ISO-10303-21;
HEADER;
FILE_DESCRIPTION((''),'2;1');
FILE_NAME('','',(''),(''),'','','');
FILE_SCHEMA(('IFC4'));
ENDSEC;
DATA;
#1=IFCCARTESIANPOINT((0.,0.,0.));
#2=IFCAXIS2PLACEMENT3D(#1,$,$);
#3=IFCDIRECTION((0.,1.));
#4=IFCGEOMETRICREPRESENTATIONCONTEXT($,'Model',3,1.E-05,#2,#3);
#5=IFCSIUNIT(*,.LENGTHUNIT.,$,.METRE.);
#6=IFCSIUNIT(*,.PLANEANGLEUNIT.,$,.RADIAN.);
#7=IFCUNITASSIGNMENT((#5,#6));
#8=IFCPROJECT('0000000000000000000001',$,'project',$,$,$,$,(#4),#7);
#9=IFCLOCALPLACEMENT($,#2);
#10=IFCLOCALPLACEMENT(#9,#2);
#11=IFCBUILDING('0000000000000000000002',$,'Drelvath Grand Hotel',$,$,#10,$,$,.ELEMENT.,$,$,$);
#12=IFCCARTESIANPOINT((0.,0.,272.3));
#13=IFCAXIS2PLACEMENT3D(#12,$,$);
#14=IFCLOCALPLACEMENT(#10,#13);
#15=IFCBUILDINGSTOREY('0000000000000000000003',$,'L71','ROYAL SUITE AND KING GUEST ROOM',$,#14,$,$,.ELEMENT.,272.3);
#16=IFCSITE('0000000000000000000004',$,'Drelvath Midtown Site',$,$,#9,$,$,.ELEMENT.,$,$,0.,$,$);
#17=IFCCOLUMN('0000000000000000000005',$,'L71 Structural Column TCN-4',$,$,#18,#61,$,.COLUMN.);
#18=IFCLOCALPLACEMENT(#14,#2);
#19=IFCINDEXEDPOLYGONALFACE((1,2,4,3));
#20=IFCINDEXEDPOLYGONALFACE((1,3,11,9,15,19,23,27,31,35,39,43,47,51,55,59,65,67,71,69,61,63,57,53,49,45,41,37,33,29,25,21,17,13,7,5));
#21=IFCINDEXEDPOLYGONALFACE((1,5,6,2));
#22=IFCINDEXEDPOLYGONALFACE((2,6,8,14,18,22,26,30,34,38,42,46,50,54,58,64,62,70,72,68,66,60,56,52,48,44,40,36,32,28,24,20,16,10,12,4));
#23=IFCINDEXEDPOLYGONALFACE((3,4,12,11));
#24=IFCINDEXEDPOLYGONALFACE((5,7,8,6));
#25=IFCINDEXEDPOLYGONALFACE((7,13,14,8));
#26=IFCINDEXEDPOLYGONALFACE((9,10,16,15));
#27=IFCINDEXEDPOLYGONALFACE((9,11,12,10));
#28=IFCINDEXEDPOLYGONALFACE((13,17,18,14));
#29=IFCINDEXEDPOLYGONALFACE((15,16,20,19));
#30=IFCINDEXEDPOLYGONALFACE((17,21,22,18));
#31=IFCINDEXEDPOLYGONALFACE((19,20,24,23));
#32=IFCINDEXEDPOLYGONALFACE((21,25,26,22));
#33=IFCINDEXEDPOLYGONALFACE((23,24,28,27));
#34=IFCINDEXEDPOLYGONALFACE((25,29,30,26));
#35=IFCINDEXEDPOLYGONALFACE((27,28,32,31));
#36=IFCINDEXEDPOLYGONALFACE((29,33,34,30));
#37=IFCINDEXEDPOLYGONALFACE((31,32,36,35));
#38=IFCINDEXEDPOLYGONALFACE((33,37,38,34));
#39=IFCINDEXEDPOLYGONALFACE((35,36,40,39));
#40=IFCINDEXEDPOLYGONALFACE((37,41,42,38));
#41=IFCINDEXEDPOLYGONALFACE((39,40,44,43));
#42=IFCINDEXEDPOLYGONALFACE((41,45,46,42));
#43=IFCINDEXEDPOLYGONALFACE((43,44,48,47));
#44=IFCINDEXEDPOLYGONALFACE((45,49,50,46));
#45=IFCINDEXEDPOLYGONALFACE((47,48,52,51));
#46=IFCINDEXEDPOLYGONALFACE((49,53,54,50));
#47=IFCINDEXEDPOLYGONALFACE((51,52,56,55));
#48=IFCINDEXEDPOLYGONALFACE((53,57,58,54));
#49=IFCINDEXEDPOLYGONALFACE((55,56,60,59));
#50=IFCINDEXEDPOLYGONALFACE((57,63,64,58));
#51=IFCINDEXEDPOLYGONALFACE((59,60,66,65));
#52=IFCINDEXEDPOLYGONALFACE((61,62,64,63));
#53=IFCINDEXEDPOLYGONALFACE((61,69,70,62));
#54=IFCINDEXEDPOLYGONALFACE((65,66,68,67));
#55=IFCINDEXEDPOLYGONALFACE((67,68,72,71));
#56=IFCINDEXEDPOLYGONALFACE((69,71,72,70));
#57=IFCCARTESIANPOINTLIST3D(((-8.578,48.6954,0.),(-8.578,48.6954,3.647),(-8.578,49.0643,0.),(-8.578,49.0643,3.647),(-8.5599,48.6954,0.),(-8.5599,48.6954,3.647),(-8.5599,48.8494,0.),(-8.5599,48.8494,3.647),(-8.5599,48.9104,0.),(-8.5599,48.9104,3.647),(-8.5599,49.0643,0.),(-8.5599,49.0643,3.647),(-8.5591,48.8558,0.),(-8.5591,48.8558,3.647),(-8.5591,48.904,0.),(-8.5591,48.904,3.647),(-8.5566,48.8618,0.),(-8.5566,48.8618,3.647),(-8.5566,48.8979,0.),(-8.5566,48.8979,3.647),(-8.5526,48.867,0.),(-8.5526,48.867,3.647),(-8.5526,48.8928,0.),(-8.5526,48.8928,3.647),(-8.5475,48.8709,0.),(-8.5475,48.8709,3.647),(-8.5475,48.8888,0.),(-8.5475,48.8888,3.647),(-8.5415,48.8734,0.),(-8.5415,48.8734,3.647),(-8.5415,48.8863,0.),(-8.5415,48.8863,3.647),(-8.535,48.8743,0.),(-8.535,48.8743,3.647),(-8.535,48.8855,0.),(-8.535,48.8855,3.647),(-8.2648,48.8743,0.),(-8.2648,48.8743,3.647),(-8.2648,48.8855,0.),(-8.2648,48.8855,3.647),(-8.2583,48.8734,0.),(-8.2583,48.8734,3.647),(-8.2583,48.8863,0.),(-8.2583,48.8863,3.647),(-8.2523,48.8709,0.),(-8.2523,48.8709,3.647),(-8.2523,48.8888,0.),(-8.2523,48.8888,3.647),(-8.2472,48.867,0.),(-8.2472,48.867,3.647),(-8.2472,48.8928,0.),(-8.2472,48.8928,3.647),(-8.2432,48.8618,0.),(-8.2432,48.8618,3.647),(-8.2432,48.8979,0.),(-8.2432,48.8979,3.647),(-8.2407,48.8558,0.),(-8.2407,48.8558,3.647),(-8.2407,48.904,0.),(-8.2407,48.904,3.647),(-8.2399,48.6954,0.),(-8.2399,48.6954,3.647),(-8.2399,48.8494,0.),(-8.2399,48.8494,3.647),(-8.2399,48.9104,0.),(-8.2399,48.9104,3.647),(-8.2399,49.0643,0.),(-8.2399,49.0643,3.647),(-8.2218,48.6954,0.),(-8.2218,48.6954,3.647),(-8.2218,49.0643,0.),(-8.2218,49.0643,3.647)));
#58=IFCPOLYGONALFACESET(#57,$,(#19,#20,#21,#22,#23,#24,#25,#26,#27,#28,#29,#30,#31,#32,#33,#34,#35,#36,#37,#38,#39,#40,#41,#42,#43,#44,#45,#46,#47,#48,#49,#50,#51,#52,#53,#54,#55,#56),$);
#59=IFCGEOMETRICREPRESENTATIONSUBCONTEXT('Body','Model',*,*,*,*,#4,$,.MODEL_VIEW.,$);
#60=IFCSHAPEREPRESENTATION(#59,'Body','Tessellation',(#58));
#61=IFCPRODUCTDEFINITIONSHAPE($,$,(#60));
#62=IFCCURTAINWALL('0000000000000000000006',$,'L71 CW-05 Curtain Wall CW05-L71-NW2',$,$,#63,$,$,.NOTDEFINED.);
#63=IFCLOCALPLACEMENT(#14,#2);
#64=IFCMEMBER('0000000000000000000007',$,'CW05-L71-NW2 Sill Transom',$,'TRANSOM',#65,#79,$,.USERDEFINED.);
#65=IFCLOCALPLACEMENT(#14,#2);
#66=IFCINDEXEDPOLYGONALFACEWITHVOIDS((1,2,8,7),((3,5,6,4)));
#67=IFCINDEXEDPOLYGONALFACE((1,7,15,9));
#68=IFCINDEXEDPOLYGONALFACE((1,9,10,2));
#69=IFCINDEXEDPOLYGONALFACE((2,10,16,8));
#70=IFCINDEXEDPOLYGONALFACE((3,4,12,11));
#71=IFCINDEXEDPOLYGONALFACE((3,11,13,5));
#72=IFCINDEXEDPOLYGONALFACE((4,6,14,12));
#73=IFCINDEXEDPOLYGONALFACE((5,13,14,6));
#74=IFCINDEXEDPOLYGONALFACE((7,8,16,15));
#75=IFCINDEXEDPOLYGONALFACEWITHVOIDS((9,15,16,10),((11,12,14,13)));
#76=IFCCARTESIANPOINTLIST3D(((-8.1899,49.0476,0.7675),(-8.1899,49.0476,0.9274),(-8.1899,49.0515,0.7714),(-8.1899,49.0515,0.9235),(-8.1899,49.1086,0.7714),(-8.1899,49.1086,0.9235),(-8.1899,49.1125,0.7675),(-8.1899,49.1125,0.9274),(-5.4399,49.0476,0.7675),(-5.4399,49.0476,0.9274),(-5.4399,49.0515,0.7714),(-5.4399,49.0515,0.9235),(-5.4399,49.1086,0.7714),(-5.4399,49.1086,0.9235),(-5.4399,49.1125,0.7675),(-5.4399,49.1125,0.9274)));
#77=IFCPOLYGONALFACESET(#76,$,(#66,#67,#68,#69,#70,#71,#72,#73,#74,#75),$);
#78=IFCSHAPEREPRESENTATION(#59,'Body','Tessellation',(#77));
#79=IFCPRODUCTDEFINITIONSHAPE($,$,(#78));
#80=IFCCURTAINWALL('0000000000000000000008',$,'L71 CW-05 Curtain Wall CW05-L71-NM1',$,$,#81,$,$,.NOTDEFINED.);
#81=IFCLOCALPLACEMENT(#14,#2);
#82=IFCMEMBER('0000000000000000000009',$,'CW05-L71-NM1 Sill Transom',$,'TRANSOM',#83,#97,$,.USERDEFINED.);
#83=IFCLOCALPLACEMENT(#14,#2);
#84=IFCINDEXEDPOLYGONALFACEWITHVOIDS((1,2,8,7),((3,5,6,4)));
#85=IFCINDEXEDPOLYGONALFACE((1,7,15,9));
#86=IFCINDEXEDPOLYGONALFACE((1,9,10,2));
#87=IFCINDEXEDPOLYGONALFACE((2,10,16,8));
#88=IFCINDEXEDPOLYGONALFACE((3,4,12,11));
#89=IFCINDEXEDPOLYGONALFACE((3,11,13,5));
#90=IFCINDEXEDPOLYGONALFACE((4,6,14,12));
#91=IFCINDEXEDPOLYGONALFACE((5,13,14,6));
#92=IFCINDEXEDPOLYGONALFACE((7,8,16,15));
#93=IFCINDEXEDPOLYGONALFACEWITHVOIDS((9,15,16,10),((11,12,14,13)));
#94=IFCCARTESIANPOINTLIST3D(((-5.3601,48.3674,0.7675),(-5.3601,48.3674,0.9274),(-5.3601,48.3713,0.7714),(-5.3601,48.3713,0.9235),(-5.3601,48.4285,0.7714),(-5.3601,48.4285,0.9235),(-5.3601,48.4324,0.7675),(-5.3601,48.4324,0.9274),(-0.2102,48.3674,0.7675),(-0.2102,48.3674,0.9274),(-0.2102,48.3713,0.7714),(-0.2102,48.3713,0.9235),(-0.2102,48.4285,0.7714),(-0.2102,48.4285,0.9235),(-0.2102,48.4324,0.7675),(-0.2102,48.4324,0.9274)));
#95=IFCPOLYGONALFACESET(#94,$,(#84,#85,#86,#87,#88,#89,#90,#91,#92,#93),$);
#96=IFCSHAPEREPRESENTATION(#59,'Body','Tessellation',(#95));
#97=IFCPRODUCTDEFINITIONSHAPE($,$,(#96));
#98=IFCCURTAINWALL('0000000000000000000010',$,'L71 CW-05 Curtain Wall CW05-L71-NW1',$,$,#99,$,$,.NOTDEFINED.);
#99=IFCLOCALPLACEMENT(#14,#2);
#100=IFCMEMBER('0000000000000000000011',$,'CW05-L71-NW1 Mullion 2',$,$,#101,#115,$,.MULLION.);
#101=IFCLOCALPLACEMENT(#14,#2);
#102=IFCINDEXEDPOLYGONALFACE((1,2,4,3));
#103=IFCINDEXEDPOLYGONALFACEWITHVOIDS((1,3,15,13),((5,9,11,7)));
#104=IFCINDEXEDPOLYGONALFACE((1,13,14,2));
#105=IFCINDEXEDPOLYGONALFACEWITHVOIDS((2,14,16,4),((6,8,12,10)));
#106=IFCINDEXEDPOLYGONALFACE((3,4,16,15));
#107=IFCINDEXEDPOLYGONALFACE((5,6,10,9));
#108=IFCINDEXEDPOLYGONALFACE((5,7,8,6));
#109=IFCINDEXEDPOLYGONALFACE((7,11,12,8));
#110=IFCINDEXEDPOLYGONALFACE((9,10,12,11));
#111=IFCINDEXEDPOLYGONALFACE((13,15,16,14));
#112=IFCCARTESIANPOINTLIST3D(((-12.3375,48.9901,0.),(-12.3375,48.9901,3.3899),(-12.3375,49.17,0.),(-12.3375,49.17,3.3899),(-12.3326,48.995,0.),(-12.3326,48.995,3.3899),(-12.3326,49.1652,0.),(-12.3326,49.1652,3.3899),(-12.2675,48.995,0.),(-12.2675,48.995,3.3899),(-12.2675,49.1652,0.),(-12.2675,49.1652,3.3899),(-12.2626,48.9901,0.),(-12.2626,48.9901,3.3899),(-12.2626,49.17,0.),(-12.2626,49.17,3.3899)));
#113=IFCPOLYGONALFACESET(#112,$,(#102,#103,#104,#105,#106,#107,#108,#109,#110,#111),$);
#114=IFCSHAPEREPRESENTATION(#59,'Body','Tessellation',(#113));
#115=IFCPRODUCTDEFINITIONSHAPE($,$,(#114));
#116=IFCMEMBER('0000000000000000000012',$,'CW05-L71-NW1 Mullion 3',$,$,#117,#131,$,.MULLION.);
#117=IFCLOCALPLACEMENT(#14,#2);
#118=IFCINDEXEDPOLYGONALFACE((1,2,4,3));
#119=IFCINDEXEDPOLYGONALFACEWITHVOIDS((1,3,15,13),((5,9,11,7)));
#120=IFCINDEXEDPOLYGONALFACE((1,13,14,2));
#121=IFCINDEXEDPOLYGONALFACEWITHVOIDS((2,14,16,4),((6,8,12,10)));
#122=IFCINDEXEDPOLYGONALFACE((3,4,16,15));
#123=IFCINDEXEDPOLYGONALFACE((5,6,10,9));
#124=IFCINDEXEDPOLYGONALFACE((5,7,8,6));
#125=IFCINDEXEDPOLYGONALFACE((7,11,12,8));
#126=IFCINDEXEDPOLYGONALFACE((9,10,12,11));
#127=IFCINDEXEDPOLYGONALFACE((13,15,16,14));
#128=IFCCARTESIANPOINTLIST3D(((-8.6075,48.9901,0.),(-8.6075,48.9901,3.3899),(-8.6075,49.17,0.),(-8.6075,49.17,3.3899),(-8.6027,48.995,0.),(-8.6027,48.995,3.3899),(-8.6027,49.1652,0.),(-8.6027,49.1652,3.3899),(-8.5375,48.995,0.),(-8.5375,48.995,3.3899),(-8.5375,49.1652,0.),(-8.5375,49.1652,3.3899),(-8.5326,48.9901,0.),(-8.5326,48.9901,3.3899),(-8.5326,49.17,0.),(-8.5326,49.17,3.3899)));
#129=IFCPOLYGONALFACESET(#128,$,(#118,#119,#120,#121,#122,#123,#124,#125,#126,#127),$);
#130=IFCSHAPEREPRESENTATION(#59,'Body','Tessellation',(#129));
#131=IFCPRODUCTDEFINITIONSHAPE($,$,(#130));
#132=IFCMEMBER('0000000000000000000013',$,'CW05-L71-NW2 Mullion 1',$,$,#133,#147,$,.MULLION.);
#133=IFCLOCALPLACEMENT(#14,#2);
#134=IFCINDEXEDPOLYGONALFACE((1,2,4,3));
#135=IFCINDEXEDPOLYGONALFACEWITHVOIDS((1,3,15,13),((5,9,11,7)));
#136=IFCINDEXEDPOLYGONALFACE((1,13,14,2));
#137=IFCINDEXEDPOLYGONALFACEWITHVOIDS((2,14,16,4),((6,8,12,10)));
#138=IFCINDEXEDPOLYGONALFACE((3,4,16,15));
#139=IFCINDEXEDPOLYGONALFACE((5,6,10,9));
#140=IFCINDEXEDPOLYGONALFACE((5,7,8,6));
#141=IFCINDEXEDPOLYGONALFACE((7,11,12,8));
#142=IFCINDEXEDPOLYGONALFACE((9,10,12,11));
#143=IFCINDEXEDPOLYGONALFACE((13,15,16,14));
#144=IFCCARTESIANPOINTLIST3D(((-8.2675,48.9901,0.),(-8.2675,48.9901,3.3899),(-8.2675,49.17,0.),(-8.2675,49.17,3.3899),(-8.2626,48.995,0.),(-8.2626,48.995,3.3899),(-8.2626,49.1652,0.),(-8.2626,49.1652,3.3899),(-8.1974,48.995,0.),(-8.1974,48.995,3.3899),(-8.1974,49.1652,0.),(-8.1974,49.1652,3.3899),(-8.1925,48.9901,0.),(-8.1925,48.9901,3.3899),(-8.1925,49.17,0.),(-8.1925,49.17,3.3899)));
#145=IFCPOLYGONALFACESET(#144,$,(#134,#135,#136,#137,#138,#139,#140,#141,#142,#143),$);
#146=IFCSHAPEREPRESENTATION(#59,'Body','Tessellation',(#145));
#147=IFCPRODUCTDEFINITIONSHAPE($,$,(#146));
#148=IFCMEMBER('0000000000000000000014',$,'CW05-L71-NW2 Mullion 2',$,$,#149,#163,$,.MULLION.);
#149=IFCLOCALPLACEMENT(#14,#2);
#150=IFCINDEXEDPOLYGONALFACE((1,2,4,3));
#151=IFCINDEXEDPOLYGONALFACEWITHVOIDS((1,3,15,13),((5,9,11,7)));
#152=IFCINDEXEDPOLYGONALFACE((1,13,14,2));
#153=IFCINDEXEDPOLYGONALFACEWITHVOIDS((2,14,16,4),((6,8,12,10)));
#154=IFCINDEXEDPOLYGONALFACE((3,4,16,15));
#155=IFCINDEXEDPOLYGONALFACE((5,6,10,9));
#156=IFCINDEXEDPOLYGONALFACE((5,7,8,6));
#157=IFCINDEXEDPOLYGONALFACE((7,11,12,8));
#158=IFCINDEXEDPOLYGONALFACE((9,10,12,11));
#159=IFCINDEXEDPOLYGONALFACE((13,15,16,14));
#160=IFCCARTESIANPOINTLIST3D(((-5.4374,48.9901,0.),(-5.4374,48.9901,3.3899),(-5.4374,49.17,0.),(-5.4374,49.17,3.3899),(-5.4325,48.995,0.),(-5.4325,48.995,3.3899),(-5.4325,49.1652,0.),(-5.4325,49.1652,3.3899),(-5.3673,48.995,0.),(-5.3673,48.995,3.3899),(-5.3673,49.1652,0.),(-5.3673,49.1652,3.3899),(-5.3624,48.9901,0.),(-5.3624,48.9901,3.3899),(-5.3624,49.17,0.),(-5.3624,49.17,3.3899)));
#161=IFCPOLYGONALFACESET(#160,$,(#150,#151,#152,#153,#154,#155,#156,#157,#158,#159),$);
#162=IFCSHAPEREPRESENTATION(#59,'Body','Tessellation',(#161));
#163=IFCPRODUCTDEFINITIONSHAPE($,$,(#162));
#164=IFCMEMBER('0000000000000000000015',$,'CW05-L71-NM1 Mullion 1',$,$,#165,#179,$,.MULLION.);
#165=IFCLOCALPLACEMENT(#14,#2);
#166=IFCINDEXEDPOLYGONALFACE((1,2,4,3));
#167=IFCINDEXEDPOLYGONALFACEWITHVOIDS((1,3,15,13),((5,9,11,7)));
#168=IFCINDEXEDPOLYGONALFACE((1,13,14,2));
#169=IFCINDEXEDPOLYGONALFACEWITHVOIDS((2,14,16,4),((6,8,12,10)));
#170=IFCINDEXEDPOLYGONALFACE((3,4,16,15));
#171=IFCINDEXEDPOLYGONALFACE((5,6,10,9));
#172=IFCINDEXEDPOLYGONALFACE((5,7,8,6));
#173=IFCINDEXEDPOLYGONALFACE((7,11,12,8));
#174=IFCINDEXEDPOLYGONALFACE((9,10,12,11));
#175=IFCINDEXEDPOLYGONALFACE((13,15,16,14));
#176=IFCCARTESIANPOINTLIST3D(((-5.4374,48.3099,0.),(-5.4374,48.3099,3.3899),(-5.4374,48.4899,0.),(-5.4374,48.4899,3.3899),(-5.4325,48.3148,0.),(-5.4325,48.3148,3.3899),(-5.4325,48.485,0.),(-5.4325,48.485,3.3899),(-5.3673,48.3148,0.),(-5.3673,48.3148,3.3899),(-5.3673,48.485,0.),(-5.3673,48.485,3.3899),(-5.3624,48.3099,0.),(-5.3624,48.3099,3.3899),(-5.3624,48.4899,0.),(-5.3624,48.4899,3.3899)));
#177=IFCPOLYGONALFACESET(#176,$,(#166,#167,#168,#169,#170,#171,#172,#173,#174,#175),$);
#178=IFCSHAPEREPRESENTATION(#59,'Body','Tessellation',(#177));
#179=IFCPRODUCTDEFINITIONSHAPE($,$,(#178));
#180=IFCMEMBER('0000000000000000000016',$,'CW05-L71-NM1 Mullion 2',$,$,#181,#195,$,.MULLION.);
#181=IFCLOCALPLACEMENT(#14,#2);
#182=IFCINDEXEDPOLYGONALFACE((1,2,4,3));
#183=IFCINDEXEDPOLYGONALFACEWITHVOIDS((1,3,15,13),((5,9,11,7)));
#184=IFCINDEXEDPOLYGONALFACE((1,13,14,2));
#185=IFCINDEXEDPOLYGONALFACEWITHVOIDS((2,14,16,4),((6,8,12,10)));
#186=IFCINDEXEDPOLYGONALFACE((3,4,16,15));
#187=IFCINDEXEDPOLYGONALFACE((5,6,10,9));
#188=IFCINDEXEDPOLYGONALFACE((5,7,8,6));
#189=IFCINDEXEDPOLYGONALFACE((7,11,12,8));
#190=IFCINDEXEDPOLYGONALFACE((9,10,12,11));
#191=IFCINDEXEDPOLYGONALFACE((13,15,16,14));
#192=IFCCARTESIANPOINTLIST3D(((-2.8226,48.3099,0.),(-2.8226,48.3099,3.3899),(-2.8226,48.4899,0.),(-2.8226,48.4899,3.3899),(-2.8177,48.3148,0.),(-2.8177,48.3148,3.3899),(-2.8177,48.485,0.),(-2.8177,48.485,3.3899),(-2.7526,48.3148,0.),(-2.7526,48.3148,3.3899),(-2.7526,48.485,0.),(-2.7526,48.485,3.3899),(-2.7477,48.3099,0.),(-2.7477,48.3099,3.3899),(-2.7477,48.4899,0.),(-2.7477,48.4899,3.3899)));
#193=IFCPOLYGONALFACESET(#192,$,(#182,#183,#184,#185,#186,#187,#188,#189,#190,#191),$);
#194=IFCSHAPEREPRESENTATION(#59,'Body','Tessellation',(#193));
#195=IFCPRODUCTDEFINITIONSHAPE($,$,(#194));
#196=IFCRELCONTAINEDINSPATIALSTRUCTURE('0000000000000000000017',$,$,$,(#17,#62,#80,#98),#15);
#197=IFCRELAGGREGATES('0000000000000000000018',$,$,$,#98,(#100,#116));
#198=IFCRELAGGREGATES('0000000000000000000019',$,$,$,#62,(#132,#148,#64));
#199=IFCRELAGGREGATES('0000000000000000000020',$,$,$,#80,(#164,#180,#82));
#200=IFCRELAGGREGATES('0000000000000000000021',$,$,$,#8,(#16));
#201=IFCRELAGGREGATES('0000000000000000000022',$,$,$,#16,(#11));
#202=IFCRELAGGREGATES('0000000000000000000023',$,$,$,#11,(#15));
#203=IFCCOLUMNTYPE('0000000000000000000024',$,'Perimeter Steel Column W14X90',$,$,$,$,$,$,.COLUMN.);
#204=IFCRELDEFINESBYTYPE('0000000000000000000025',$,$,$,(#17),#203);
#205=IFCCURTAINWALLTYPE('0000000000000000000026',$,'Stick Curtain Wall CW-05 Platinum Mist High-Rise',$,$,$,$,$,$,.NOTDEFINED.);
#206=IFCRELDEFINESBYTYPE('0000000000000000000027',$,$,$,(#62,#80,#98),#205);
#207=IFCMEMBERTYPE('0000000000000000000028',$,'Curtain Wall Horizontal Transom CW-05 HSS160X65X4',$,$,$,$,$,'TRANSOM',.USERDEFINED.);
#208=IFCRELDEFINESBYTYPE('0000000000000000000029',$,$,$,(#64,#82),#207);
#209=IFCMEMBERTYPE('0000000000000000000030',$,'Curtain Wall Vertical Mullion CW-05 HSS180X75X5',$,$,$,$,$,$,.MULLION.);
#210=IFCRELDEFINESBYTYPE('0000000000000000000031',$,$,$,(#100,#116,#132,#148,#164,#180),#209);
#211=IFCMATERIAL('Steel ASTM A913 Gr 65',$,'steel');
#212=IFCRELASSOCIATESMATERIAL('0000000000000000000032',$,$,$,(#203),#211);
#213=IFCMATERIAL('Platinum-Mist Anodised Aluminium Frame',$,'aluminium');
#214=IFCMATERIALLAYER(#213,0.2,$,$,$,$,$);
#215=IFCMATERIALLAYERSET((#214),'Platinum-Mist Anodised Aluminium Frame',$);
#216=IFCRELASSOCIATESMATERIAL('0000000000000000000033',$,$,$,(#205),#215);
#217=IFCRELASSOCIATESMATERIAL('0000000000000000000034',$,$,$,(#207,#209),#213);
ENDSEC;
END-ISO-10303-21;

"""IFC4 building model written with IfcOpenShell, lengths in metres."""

from ifc_helpers import new_model, si_unit, direction, frame, origin, origin_2d, place, context, subcontext, project, spatial, hollow_rectangle, i_section, extrude, material, layer, layer_set, material_profile, profile_set, type_object, element, aggregate, save


model = new_model("IFC4")

# Units and contexts
model_context = context("Model", 3, precision=1e-05, world=origin(), true_north=direction((0.0, 1.0)))
body_context = subcontext(model_context, "Body", "Model", "MODEL_VIEW")
ifc_project = project(units=[si_unit("LENGTHUNIT", "METRE"), si_unit("PLANEANGLEUNIT", "RADIAN")], contexts=[model_context])

# Site, building, storey
site_placement = place(None, origin())
site = spatial("IfcSite", under=ifc_project, at=site_placement, Name="Drelvath Midtown Site", CompositionType="ELEMENT", RefElevation=0.0)
building_placement = place(site_placement, origin())
building = spatial("IfcBuilding", under=site, at=building_placement, Name="Drelvath Grand Hotel", CompositionType="ELEMENT")
storey_placement = place(building_placement, frame((0.0, 0.0, 272.3)))
storey = spatial("IfcBuildingStorey", under=building, at=storey_placement, Name="L71", Description="ROYAL SUITE AND KING GUEST ROOM", CompositionType="ELEMENT", Elevation=272.3)

# Column
ifc_material_1 = material(Name="Steel ASTM A913 Gr 65", Category="steel")
ifc_material_profile_1 = material_profile(ifc_material_1, i_section(OverallWidth=0.3689, OverallDepth=0.3562, WebThickness=0.0112, FlangeThickness=0.0181, FilletRadius=0.0249, at=origin_2d()), Name="W14X90")
ifc_profile_set_1 = profile_set([ifc_material_profile_1], Name="Steel ASTM A913 Gr 65")
column_type = type_object("IfcColumnType", Name="Perimeter Steel Column W14X90", PredefinedType="COLUMN", material=ifc_profile_set_1)
column_placement = place(storey_placement, frame((-8.3999, 48.8799, 0.0), z_axis=(0.0, 0.0, 1.0), x_axis=(0.0, 1.0, 0.0)))
element("IfcColumn", 1, at=column_placement, inside=storey, type_object=column_type, Name="L71 Structural Column TCN-4", PredefinedType="COLUMN", context=body_context, shape_type="SweptSolid", body=[
    extrude(i_section(OverallWidth=0.3689, OverallDepth=0.3562, WebThickness=0.0112, FlangeThickness=0.0181, FilletRadius=0.0249, at=origin_2d()), origin(), (0.0, 0.0, 1.0), 3.647),
])

# Curtain walls, members
ifc_material_2 = material(Name="Platinum-Mist Anodised Aluminium Frame", Category="aluminium")
ifc_layer_1 = layer(ifc_material_2, 0.2)
ifc_layer_set_1 = layer_set([ifc_layer_1], Name="Platinum-Mist Anodised Aluminium Frame")
curtain_wall_type = type_object("IfcCurtainWallType", Name="Stick Curtain Wall CW-05 Platinum Mist High-Rise", PredefinedType="NOTDEFINED", material=ifc_layer_set_1)
curtain_wall_1_placement = place(storey_placement, origin())
curtain_wall_1 = element("IfcCurtainWall", 2, at=curtain_wall_1_placement, inside=storey, type_object=curtain_wall_type, Name="L71 CW-05 Curtain Wall CW05-L71-NW2", PredefinedType="NOTDEFINED")
ifc_material_profile_2 = material_profile(ifc_material_2, hollow_rectangle(XDim=0.0649, YDim=0.1599, WallThickness=0.0039, at=origin_2d()), Name="HSS160X65X4")
ifc_profile_set_2 = profile_set([ifc_material_profile_2], Name="Platinum-Mist Anodised Aluminium Frame")
member_type_1 = type_object("IfcMemberType", Name="Curtain Wall Horizontal Transom CW-05 HSS160X65X4", ElementType="TRANSOM", PredefinedType="USERDEFINED", material=ifc_profile_set_2)
member_1_placement = place(storey_placement, frame((-8.1899, 49.0801, 0.8474), z_axis=(1.0, 0.0, 0.0), x_axis=(0.0, 1.0, 0.0)))
member_1 = element("IfcMember", 3, at=member_1_placement, type_object=member_type_1, Name="CW05-L71-NW2 Sill Transom", ObjectType="TRANSOM", PredefinedType="USERDEFINED", context=body_context, shape_type="SweptSolid", body=[
    extrude(hollow_rectangle(XDim=0.0649, YDim=0.1599, WallThickness=0.0039, at=origin_2d()), origin(), (0.0, 0.0, 1.0), 2.75),
])
curtain_wall_2_placement = place(storey_placement, origin())
curtain_wall_2 = element("IfcCurtainWall", 4, at=curtain_wall_2_placement, inside=storey, type_object=curtain_wall_type, Name="L71 CW-05 Curtain Wall CW05-L71-NM1", PredefinedType="NOTDEFINED")
member_2_placement = place(storey_placement, frame((-5.3601, 48.3999, 0.8474), z_axis=(1.0, 0.0, 0.0), x_axis=(0.0, 1.0, 0.0)))
member_2 = element("IfcMember", 5, at=member_2_placement, type_object=member_type_1, Name="CW05-L71-NM1 Sill Transom", ObjectType="TRANSOM", PredefinedType="USERDEFINED", context=body_context, shape_type="SweptSolid", body=[
    extrude(hollow_rectangle(XDim=0.0649, YDim=0.1599, WallThickness=0.0039, at=origin_2d()), origin(), (0.0, 0.0, 1.0), 5.1499),
])

# Curtain wall, members
curtain_wall_3_placement = place(storey_placement, origin())
curtain_wall_3 = element("IfcCurtainWall", 6, at=curtain_wall_3_placement, inside=storey, type_object=curtain_wall_type, Name="L71 CW-05 Curtain Wall CW05-L71-NW1", PredefinedType="NOTDEFINED")
ifc_material_profile_3 = material_profile(ifc_material_2, hollow_rectangle(XDim=0.075, YDim=0.1799, WallThickness=0.0049, at=origin_2d()), Name="HSS180X75X5")
ifc_profile_set_3 = profile_set([ifc_material_profile_3], Name="Platinum-Mist Anodised Aluminium Frame")
member_type_2 = type_object("IfcMemberType", Name="Curtain Wall Vertical Mullion CW-05 HSS180X75X5", PredefinedType="MULLION", material=ifc_profile_set_3)
member_3_placement = place(storey_placement, frame((-12.3, 49.0801, 0.0), z_axis=(0.0, 0.0, 1.0), x_axis=(1.0, 0.0, 0.0)))
member_3 = element("IfcMember", 7, at=member_3_placement, type_object=member_type_2, Name="CW05-L71-NW1 Mullion 2", PredefinedType="MULLION", context=body_context, shape_type="SweptSolid", body=[
    extrude(hollow_rectangle(XDim=0.075, YDim=0.1799, WallThickness=0.0049, at=origin_2d()), origin(), (0.0, 0.0, 1.0), 3.3899),
])
member_4_placement = place(storey_placement, frame((-8.5701, 49.0801, 0.0), z_axis=(0.0, 0.0, 1.0), x_axis=(1.0, 0.0, 0.0)))
member_4 = element("IfcMember", 8, at=member_4_placement, type_object=member_type_2, Name="CW05-L71-NW1 Mullion 3", PredefinedType="MULLION", context=body_context, shape_type="SweptSolid", body=[
    extrude(hollow_rectangle(XDim=0.075, YDim=0.1799, WallThickness=0.0049, at=origin_2d()), origin(), (0.0, 0.0, 1.0), 3.3899),
])

# Members
member_5_placement = place(storey_placement, frame((-8.23, 49.0801, 0.0), z_axis=(0.0, 0.0, 1.0), x_axis=(1.0, 0.0, 0.0)))
member_5 = element("IfcMember", 9, at=member_5_placement, type_object=member_type_2, Name="CW05-L71-NW2 Mullion 1", PredefinedType="MULLION", context=body_context, shape_type="SweptSolid", body=[
    extrude(hollow_rectangle(XDim=0.075, YDim=0.1799, WallThickness=0.0049, at=origin_2d()), origin(), (0.0, 0.0, 1.0), 3.3899),
])
member_6_placement = place(storey_placement, frame((-5.3999, 49.0801, 0.0), z_axis=(0.0, 0.0, 1.0), x_axis=(1.0, 0.0, 0.0)))
member_6 = element("IfcMember", 10, at=member_6_placement, type_object=member_type_2, Name="CW05-L71-NW2 Mullion 2", PredefinedType="MULLION", context=body_context, shape_type="SweptSolid", body=[
    extrude(hollow_rectangle(XDim=0.075, YDim=0.1799, WallThickness=0.0049, at=origin_2d()), origin(), (0.0, 0.0, 1.0), 3.3899),
])
member_7_placement = place(storey_placement, frame((-5.3999, 48.3999, 0.0), z_axis=(0.0, 0.0, 1.0), x_axis=(1.0, 0.0, 0.0)))
member_7 = element("IfcMember", 11, at=member_7_placement, type_object=member_type_2, Name="CW05-L71-NM1 Mullion 1", PredefinedType="MULLION", context=body_context, shape_type="SweptSolid", body=[
    extrude(hollow_rectangle(XDim=0.075, YDim=0.1799, WallThickness=0.0049, at=origin_2d()), origin(), (0.0, 0.0, 1.0), 3.3899),
])
member_8_placement = place(storey_placement, frame((-2.7852, 48.3999, 0.0), z_axis=(0.0, 0.0, 1.0), x_axis=(1.0, 0.0, 0.0)))
member_8 = element("IfcMember", 12, at=member_8_placement, type_object=member_type_2, Name="CW05-L71-NM1 Mullion 2", PredefinedType="MULLION", context=body_context, shape_type="SweptSolid", body=[
    extrude(hollow_rectangle(XDim=0.075, YDim=0.1799, WallThickness=0.0049, at=origin_2d()), origin(), (0.0, 0.0, 1.0), 3.3899),
])

aggregate(curtain_wall_3, [member_3, member_4])
aggregate(curtain_wall_1, [member_5, member_6, member_1])
aggregate(curtain_wall_2, [member_7, member_8, member_2])

save(model, "model.ifc")
